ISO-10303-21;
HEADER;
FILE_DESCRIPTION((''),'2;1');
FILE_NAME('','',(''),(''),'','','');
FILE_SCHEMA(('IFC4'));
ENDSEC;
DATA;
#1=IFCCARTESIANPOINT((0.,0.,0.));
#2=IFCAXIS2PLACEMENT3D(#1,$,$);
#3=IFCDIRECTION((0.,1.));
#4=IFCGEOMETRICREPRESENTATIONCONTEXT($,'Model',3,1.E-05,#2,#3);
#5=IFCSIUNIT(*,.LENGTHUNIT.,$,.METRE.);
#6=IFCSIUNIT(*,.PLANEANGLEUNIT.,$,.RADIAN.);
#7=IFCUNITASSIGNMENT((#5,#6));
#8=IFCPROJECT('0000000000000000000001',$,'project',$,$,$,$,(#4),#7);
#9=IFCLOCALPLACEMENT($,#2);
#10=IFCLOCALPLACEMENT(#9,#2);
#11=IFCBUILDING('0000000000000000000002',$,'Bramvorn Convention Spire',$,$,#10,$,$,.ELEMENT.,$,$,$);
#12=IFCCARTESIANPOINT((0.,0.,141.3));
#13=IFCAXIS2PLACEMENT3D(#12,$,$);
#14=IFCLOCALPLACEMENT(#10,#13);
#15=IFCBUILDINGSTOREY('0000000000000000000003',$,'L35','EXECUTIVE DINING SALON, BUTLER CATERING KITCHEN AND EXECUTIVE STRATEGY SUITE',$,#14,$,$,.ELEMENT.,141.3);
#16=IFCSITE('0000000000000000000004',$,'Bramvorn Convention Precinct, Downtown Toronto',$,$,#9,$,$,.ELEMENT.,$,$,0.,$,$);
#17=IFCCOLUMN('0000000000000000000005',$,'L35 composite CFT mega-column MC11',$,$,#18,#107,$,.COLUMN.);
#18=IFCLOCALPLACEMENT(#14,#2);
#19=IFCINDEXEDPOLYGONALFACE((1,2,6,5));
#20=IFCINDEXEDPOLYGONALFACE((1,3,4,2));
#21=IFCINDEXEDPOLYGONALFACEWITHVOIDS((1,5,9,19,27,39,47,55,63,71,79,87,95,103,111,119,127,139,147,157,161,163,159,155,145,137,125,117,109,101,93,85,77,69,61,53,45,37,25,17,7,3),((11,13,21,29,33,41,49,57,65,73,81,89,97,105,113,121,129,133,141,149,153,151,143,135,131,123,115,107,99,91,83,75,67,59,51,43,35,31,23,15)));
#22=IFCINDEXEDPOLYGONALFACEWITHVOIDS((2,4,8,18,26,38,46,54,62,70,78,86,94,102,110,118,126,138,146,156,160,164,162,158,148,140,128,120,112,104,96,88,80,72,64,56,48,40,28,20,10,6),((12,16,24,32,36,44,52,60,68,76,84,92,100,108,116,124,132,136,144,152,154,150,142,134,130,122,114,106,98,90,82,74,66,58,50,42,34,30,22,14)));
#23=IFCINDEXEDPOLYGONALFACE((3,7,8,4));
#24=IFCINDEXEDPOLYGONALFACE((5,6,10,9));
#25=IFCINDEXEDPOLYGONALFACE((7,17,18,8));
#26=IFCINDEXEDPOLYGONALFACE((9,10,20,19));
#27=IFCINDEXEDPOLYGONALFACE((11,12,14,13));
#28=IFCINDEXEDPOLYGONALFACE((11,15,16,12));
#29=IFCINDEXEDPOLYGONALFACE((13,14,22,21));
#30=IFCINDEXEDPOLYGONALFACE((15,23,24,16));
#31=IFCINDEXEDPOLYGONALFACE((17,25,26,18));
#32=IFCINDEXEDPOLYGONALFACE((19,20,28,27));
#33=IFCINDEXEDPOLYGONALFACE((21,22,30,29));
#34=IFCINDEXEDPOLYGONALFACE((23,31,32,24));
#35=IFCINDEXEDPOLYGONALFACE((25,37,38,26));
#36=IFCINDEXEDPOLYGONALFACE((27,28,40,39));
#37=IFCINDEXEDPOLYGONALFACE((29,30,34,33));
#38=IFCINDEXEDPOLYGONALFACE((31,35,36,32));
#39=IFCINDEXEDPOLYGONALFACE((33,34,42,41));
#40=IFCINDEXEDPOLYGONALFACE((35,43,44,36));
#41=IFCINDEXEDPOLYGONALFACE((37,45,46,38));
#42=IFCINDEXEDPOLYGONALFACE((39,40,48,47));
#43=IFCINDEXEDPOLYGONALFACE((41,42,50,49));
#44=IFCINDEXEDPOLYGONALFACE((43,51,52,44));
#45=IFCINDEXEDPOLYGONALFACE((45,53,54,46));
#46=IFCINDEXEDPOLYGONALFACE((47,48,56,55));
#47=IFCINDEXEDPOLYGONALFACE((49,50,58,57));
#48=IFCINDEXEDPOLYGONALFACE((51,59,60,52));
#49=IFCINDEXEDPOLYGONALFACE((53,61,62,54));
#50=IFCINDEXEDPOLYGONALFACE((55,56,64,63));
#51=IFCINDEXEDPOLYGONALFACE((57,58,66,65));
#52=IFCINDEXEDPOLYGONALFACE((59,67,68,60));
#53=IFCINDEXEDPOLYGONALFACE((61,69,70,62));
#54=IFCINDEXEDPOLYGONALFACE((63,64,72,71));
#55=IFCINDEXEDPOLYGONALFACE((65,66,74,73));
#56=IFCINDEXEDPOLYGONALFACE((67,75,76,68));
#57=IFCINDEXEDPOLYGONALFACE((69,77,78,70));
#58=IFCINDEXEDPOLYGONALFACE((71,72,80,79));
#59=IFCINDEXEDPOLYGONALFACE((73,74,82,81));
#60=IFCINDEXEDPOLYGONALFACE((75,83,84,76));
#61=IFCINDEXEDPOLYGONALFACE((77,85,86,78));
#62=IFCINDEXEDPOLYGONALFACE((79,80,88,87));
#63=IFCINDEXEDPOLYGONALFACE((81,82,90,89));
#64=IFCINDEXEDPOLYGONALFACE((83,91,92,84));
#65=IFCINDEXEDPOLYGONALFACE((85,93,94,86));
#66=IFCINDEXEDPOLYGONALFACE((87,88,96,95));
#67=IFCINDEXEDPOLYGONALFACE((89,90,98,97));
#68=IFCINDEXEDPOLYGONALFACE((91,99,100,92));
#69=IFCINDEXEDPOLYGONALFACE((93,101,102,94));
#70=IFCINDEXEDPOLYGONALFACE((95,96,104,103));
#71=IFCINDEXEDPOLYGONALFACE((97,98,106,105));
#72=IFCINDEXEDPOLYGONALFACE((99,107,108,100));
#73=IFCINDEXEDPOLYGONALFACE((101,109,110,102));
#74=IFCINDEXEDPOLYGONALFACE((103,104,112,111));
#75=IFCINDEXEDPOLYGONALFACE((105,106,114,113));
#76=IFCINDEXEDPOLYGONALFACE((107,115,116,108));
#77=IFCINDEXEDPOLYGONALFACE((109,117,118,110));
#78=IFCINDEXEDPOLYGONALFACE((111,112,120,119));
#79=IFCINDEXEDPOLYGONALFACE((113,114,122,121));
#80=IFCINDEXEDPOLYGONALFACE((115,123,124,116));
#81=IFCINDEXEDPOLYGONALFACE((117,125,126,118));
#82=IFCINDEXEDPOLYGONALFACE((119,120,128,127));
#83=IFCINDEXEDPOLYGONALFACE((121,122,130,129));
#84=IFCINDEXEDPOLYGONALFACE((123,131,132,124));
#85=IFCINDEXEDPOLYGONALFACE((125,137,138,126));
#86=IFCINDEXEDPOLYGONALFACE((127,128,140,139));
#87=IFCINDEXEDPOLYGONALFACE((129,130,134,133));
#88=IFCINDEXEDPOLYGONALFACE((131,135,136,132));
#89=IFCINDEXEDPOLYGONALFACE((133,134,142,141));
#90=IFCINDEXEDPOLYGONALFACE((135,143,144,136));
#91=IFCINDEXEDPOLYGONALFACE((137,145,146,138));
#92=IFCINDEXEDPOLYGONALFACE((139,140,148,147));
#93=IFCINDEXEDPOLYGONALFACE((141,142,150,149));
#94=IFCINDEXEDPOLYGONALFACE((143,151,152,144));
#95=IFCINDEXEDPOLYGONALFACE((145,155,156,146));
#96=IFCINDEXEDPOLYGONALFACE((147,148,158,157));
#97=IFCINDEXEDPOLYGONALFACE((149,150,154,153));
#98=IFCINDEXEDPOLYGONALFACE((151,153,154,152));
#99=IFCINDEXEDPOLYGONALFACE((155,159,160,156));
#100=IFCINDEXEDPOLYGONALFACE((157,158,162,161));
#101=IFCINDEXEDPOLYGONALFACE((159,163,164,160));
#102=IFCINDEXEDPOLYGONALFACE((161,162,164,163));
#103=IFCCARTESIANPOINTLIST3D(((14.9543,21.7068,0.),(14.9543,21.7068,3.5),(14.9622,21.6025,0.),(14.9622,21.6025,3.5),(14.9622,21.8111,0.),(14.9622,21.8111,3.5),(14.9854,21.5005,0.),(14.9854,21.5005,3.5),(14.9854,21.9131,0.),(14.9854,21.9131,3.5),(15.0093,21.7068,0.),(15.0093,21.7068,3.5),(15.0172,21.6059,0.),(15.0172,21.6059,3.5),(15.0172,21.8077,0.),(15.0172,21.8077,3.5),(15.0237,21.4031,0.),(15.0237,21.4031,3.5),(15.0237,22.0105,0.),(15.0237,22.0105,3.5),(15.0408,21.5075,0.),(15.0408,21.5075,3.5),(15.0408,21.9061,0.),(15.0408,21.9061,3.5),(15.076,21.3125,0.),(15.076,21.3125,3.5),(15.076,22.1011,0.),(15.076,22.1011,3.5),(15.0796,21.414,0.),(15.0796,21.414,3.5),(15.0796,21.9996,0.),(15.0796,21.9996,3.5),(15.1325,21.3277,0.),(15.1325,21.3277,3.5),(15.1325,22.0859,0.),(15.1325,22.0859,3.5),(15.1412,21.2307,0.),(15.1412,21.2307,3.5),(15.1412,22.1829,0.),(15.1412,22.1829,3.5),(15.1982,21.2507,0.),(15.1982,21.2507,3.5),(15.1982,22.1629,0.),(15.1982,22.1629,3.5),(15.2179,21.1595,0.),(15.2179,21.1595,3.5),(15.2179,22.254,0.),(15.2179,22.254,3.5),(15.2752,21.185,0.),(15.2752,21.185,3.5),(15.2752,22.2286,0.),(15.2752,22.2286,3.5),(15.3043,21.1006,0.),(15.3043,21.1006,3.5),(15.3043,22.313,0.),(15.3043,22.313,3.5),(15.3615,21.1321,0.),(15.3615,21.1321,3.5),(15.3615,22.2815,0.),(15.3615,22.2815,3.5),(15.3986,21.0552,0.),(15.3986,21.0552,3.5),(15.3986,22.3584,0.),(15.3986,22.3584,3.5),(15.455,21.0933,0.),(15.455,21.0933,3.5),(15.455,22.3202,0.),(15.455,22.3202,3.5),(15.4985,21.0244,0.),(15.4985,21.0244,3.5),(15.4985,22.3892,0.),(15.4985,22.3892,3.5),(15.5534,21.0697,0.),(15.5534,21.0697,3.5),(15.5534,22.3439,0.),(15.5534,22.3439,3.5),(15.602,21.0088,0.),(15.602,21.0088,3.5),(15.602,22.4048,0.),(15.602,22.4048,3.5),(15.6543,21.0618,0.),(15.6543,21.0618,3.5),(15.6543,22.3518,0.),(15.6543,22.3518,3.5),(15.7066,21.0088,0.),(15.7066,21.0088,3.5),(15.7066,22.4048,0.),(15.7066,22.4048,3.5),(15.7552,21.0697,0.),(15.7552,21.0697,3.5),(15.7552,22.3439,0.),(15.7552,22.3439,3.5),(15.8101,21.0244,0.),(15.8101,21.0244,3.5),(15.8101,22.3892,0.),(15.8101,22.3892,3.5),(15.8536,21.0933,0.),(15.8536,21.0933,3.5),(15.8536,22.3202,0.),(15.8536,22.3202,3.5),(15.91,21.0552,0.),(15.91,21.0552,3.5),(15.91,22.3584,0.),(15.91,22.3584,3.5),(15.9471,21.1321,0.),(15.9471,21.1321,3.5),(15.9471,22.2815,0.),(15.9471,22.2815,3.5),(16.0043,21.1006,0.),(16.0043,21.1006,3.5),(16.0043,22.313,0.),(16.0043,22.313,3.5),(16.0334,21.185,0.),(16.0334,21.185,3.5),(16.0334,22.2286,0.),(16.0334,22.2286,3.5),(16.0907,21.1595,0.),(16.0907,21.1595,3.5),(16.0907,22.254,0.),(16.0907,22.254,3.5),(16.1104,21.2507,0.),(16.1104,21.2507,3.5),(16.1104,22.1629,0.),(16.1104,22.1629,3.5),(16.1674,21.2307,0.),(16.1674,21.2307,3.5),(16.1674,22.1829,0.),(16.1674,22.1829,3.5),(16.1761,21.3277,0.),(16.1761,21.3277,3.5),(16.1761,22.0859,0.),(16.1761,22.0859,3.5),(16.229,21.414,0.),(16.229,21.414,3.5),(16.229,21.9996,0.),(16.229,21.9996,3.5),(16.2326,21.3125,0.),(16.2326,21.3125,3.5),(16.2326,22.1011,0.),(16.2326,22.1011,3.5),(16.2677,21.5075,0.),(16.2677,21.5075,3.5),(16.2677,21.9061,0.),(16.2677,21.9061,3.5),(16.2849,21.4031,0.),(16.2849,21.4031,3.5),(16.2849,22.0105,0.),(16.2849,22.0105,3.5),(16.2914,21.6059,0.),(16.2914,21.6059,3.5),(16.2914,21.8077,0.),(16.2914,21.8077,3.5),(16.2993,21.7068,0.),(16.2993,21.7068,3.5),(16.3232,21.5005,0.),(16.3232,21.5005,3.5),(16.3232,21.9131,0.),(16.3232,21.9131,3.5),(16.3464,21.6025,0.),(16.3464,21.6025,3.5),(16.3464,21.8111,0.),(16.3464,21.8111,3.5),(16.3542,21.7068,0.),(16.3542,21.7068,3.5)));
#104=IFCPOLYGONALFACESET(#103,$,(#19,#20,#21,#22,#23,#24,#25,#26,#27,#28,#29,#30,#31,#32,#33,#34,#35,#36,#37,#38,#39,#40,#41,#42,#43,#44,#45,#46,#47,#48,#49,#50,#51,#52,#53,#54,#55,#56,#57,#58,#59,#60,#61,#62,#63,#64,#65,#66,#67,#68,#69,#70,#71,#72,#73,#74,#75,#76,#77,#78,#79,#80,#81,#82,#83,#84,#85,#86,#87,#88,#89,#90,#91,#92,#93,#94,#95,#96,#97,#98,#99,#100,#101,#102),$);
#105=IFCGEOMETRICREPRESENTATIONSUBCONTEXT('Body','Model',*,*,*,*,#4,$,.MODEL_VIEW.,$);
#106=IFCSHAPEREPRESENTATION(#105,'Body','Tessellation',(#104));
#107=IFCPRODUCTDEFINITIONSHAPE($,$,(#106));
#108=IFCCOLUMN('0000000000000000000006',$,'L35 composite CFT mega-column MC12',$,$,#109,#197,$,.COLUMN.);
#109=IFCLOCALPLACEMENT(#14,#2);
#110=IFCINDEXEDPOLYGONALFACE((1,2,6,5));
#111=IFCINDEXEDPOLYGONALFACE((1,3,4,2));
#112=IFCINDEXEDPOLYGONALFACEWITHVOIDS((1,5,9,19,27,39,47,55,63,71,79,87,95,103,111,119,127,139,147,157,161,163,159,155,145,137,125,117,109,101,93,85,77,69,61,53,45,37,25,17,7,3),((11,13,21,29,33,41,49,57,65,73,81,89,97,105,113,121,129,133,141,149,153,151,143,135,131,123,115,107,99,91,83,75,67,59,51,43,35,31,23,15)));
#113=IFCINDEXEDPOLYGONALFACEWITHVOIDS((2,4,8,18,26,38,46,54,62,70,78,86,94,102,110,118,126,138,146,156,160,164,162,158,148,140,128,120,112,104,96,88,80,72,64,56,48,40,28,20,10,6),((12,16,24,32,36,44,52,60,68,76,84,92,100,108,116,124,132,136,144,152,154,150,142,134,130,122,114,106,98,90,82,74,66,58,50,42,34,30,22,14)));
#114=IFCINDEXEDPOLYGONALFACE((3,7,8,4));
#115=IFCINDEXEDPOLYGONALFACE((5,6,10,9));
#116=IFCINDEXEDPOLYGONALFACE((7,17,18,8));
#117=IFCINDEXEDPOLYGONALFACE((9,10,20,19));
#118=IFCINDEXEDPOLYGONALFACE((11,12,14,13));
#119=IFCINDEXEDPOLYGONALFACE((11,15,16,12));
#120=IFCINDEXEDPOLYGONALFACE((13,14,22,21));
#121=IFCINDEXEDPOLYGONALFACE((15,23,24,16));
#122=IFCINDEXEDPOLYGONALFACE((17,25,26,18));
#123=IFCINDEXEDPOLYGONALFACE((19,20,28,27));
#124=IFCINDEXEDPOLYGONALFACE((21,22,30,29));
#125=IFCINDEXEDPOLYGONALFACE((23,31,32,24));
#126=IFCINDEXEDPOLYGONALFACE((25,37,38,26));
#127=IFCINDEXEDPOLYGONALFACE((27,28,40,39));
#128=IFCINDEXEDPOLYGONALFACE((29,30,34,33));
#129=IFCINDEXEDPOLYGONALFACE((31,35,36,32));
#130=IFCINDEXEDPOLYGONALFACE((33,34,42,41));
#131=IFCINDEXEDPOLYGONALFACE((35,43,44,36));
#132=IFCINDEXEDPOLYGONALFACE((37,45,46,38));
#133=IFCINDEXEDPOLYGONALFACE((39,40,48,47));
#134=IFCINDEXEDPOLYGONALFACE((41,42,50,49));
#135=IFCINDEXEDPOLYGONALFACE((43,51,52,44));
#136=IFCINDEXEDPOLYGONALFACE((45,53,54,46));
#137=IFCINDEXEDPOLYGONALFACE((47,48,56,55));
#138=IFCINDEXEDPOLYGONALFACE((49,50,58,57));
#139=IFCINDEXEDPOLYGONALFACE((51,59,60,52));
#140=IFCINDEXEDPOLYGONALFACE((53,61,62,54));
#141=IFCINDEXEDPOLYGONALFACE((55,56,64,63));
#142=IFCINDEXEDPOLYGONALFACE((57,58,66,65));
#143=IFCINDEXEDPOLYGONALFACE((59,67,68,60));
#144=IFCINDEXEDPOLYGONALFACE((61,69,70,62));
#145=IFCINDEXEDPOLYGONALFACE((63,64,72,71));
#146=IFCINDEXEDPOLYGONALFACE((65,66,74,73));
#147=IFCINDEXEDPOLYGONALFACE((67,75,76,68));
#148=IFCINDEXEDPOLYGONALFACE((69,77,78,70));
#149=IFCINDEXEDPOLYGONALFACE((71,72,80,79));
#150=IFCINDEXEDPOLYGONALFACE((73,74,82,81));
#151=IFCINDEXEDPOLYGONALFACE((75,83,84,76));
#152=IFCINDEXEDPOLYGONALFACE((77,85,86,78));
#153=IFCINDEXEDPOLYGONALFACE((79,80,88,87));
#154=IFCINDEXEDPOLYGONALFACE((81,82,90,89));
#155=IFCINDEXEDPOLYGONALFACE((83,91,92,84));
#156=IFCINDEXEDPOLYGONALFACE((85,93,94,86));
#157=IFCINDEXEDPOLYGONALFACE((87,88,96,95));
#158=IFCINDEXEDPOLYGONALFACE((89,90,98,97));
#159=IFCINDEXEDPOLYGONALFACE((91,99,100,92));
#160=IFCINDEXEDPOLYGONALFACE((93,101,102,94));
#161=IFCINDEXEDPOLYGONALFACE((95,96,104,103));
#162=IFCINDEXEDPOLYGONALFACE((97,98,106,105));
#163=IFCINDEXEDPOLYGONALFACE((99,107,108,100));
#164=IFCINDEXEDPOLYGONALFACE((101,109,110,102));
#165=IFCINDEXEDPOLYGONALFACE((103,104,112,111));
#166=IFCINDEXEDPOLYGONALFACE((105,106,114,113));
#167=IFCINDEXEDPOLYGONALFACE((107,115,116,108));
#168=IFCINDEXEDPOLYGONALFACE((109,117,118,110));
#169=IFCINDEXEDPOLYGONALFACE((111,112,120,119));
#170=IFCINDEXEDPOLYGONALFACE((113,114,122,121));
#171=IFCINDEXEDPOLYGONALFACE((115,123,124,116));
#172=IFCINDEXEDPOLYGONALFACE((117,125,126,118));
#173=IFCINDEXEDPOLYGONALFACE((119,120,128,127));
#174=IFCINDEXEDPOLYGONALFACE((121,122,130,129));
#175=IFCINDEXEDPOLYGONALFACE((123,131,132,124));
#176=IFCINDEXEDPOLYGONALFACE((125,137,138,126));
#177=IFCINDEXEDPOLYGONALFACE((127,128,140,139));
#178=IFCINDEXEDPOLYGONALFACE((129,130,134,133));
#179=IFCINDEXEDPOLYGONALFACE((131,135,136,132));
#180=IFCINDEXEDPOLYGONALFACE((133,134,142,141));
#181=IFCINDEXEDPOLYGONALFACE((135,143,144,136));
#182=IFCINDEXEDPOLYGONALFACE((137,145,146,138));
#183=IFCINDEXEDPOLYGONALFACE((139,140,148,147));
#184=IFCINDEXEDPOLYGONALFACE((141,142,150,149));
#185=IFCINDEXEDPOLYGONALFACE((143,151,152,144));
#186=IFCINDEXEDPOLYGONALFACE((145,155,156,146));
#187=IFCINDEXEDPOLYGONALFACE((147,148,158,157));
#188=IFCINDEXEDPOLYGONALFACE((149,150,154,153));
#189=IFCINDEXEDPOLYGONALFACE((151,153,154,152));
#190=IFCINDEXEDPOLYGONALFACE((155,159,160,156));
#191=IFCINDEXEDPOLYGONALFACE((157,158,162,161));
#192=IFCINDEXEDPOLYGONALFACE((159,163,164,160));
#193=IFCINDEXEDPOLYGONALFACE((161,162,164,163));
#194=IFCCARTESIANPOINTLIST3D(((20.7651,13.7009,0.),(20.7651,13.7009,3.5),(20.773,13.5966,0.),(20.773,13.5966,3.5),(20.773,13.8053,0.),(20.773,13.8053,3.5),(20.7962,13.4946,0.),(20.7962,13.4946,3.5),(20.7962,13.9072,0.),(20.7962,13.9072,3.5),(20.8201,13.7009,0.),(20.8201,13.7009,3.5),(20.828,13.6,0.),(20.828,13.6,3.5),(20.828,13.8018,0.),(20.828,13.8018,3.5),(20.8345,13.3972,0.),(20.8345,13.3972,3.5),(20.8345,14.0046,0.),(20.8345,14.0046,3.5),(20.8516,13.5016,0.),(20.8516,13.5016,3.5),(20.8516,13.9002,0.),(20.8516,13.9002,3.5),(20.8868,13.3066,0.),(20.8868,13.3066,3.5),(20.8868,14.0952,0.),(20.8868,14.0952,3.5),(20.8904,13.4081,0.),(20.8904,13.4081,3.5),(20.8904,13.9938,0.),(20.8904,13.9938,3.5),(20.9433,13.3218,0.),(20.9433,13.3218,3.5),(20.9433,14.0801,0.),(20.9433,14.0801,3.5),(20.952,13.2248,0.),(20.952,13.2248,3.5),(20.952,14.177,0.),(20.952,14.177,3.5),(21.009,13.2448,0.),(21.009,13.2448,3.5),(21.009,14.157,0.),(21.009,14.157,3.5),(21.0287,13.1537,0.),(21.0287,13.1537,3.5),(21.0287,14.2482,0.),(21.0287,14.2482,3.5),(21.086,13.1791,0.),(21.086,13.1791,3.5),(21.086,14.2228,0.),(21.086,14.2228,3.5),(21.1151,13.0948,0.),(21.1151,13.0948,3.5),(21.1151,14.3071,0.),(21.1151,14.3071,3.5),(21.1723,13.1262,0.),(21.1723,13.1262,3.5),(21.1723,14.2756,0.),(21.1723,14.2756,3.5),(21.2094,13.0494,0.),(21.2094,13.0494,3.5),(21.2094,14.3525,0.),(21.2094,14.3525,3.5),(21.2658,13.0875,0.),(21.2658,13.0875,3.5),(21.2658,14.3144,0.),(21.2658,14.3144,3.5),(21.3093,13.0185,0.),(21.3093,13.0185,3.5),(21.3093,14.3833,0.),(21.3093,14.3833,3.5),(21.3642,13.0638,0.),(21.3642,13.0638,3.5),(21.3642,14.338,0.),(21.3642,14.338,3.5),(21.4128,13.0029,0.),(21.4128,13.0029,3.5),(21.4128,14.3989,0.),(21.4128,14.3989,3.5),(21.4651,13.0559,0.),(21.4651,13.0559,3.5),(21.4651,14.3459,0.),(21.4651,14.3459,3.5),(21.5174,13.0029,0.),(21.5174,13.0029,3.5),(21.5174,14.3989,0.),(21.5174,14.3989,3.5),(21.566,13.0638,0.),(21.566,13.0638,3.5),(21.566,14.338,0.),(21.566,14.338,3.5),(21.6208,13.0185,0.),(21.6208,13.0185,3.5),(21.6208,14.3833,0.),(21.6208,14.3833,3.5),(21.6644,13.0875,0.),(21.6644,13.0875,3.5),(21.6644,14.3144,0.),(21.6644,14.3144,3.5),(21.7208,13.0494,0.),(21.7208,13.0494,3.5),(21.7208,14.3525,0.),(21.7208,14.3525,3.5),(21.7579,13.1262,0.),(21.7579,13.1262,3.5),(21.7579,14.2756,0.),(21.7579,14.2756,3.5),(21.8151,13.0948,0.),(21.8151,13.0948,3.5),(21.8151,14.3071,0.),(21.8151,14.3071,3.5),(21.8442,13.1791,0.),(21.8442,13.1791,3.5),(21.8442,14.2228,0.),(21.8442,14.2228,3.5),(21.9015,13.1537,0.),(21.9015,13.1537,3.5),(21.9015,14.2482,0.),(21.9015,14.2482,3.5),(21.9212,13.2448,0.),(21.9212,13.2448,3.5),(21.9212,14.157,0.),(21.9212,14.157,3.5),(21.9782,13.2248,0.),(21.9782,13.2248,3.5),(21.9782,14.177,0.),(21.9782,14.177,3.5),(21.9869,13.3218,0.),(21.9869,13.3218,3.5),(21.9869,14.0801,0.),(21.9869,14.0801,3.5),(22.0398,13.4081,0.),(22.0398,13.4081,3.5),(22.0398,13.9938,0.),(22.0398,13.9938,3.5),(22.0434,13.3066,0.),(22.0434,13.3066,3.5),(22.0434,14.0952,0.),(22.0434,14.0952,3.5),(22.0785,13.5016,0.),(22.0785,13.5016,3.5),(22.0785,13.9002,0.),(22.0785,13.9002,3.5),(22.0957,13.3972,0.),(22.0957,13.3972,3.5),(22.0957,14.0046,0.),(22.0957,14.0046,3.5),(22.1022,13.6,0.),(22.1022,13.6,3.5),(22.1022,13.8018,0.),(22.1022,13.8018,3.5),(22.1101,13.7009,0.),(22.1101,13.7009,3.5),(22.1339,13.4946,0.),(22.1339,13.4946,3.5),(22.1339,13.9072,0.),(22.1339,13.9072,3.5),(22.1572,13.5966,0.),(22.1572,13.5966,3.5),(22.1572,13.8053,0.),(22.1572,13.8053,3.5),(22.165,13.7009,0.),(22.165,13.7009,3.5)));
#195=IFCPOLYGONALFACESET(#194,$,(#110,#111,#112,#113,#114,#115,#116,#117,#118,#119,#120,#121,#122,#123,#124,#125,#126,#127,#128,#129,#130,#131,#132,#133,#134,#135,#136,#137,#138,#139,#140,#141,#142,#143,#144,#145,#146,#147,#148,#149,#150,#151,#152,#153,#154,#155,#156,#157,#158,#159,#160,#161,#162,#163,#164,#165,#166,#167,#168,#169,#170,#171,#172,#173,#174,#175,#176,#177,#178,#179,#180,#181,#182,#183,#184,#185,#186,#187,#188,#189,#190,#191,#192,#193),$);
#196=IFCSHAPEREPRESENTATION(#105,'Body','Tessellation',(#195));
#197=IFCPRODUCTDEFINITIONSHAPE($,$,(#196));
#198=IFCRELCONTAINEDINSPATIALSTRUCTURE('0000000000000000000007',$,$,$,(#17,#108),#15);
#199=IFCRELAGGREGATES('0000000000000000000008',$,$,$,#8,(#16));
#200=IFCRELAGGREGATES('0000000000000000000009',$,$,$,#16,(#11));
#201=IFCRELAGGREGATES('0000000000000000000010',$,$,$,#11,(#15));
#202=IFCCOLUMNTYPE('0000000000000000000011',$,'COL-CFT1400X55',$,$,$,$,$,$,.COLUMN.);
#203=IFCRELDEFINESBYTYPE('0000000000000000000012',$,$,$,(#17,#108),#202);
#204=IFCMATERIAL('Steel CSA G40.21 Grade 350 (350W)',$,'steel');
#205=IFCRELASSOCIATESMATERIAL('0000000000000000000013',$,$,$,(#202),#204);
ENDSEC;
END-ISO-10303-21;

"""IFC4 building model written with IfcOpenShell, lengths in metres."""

from ifc_helpers import new_model, si_unit, direction, frame, origin, origin_2d, place, context, subcontext, project, spatial, hollow_circle, extrude, material, material_profile, profile_set, type_object, element, save


model = new_model("IFC4")

# Units and contexts
model_context = context("Model", 3, precision=1e-05, world=origin(), true_north=direction((0.0, 1.0)))
body_context = subcontext(model_context, "Body", "Model", "MODEL_VIEW")
ifc_project = project(units=[si_unit("LENGTHUNIT", "METRE"), si_unit("PLANEANGLEUNIT", "RADIAN")], contexts=[model_context])

# Site, building, storey
site_placement = place(None, origin())
site = spatial("IfcSite", under=ifc_project, at=site_placement, Name="Bramvorn Convention Precinct, Downtown Toronto", CompositionType="ELEMENT", RefElevation=0.0)
building_placement = place(site_placement, origin())
building = spatial("IfcBuilding", under=site, at=building_placement, Name="Bramvorn Convention Spire", CompositionType="ELEMENT")
storey_placement = place(building_placement, frame((0.0, 0.0, 141.3)))
storey = spatial("IfcBuildingStorey", under=building, at=storey_placement, Name="L35", Description="EXECUTIVE DINING SALON, BUTLER CATERING KITCHEN AND EXECUTIVE STRATEGY SUITE", CompositionType="ELEMENT", Elevation=141.3)

# Columns
ifc_material_1 = material(Name="Steel CSA G40.21 Grade 350 (350W)", Category="steel")
ifc_material_profile_1 = material_profile(ifc_material_1, hollow_circle(Radius=0.7, WallThickness=0.0549, at=origin_2d()))
ifc_profile_set_1 = profile_set([ifc_material_profile_1], Name="Steel CSA G40.21 Grade 350 (350W) - CFT1400X55")
column_type = type_object("IfcColumnType", Name="COL-CFT1400X55", PredefinedType="COLUMN", material=ifc_profile_set_1)
for number, where, z_axis, x_axis, name in (
    (1, (15.6543, 21.7068, 0.0), (0.0, 0.0, 1.0), (1.0, 0.0, 0.0), "L35 composite CFT mega-column MC11"),
    (2, (21.4651, 13.7009, 0.0), (0.0, 0.0, 1.0), (1.0, 0.0, 0.0), "L35 composite CFT mega-column MC12"),
):
    element("IfcColumn", number, at=place(storey_placement, frame(where, z_axis=z_axis, x_axis=x_axis)), inside=storey, type_object=column_type, Name=name, PredefinedType="COLUMN", context=body_context, shape_type="SweptSolid", body=[
        extrude(hollow_circle(Radius=0.7, WallThickness=0.0549, at=origin_2d()), origin(), (0.0, 0.0, 1.0), 3.5),
    ])

save(model, "model.ifc")
